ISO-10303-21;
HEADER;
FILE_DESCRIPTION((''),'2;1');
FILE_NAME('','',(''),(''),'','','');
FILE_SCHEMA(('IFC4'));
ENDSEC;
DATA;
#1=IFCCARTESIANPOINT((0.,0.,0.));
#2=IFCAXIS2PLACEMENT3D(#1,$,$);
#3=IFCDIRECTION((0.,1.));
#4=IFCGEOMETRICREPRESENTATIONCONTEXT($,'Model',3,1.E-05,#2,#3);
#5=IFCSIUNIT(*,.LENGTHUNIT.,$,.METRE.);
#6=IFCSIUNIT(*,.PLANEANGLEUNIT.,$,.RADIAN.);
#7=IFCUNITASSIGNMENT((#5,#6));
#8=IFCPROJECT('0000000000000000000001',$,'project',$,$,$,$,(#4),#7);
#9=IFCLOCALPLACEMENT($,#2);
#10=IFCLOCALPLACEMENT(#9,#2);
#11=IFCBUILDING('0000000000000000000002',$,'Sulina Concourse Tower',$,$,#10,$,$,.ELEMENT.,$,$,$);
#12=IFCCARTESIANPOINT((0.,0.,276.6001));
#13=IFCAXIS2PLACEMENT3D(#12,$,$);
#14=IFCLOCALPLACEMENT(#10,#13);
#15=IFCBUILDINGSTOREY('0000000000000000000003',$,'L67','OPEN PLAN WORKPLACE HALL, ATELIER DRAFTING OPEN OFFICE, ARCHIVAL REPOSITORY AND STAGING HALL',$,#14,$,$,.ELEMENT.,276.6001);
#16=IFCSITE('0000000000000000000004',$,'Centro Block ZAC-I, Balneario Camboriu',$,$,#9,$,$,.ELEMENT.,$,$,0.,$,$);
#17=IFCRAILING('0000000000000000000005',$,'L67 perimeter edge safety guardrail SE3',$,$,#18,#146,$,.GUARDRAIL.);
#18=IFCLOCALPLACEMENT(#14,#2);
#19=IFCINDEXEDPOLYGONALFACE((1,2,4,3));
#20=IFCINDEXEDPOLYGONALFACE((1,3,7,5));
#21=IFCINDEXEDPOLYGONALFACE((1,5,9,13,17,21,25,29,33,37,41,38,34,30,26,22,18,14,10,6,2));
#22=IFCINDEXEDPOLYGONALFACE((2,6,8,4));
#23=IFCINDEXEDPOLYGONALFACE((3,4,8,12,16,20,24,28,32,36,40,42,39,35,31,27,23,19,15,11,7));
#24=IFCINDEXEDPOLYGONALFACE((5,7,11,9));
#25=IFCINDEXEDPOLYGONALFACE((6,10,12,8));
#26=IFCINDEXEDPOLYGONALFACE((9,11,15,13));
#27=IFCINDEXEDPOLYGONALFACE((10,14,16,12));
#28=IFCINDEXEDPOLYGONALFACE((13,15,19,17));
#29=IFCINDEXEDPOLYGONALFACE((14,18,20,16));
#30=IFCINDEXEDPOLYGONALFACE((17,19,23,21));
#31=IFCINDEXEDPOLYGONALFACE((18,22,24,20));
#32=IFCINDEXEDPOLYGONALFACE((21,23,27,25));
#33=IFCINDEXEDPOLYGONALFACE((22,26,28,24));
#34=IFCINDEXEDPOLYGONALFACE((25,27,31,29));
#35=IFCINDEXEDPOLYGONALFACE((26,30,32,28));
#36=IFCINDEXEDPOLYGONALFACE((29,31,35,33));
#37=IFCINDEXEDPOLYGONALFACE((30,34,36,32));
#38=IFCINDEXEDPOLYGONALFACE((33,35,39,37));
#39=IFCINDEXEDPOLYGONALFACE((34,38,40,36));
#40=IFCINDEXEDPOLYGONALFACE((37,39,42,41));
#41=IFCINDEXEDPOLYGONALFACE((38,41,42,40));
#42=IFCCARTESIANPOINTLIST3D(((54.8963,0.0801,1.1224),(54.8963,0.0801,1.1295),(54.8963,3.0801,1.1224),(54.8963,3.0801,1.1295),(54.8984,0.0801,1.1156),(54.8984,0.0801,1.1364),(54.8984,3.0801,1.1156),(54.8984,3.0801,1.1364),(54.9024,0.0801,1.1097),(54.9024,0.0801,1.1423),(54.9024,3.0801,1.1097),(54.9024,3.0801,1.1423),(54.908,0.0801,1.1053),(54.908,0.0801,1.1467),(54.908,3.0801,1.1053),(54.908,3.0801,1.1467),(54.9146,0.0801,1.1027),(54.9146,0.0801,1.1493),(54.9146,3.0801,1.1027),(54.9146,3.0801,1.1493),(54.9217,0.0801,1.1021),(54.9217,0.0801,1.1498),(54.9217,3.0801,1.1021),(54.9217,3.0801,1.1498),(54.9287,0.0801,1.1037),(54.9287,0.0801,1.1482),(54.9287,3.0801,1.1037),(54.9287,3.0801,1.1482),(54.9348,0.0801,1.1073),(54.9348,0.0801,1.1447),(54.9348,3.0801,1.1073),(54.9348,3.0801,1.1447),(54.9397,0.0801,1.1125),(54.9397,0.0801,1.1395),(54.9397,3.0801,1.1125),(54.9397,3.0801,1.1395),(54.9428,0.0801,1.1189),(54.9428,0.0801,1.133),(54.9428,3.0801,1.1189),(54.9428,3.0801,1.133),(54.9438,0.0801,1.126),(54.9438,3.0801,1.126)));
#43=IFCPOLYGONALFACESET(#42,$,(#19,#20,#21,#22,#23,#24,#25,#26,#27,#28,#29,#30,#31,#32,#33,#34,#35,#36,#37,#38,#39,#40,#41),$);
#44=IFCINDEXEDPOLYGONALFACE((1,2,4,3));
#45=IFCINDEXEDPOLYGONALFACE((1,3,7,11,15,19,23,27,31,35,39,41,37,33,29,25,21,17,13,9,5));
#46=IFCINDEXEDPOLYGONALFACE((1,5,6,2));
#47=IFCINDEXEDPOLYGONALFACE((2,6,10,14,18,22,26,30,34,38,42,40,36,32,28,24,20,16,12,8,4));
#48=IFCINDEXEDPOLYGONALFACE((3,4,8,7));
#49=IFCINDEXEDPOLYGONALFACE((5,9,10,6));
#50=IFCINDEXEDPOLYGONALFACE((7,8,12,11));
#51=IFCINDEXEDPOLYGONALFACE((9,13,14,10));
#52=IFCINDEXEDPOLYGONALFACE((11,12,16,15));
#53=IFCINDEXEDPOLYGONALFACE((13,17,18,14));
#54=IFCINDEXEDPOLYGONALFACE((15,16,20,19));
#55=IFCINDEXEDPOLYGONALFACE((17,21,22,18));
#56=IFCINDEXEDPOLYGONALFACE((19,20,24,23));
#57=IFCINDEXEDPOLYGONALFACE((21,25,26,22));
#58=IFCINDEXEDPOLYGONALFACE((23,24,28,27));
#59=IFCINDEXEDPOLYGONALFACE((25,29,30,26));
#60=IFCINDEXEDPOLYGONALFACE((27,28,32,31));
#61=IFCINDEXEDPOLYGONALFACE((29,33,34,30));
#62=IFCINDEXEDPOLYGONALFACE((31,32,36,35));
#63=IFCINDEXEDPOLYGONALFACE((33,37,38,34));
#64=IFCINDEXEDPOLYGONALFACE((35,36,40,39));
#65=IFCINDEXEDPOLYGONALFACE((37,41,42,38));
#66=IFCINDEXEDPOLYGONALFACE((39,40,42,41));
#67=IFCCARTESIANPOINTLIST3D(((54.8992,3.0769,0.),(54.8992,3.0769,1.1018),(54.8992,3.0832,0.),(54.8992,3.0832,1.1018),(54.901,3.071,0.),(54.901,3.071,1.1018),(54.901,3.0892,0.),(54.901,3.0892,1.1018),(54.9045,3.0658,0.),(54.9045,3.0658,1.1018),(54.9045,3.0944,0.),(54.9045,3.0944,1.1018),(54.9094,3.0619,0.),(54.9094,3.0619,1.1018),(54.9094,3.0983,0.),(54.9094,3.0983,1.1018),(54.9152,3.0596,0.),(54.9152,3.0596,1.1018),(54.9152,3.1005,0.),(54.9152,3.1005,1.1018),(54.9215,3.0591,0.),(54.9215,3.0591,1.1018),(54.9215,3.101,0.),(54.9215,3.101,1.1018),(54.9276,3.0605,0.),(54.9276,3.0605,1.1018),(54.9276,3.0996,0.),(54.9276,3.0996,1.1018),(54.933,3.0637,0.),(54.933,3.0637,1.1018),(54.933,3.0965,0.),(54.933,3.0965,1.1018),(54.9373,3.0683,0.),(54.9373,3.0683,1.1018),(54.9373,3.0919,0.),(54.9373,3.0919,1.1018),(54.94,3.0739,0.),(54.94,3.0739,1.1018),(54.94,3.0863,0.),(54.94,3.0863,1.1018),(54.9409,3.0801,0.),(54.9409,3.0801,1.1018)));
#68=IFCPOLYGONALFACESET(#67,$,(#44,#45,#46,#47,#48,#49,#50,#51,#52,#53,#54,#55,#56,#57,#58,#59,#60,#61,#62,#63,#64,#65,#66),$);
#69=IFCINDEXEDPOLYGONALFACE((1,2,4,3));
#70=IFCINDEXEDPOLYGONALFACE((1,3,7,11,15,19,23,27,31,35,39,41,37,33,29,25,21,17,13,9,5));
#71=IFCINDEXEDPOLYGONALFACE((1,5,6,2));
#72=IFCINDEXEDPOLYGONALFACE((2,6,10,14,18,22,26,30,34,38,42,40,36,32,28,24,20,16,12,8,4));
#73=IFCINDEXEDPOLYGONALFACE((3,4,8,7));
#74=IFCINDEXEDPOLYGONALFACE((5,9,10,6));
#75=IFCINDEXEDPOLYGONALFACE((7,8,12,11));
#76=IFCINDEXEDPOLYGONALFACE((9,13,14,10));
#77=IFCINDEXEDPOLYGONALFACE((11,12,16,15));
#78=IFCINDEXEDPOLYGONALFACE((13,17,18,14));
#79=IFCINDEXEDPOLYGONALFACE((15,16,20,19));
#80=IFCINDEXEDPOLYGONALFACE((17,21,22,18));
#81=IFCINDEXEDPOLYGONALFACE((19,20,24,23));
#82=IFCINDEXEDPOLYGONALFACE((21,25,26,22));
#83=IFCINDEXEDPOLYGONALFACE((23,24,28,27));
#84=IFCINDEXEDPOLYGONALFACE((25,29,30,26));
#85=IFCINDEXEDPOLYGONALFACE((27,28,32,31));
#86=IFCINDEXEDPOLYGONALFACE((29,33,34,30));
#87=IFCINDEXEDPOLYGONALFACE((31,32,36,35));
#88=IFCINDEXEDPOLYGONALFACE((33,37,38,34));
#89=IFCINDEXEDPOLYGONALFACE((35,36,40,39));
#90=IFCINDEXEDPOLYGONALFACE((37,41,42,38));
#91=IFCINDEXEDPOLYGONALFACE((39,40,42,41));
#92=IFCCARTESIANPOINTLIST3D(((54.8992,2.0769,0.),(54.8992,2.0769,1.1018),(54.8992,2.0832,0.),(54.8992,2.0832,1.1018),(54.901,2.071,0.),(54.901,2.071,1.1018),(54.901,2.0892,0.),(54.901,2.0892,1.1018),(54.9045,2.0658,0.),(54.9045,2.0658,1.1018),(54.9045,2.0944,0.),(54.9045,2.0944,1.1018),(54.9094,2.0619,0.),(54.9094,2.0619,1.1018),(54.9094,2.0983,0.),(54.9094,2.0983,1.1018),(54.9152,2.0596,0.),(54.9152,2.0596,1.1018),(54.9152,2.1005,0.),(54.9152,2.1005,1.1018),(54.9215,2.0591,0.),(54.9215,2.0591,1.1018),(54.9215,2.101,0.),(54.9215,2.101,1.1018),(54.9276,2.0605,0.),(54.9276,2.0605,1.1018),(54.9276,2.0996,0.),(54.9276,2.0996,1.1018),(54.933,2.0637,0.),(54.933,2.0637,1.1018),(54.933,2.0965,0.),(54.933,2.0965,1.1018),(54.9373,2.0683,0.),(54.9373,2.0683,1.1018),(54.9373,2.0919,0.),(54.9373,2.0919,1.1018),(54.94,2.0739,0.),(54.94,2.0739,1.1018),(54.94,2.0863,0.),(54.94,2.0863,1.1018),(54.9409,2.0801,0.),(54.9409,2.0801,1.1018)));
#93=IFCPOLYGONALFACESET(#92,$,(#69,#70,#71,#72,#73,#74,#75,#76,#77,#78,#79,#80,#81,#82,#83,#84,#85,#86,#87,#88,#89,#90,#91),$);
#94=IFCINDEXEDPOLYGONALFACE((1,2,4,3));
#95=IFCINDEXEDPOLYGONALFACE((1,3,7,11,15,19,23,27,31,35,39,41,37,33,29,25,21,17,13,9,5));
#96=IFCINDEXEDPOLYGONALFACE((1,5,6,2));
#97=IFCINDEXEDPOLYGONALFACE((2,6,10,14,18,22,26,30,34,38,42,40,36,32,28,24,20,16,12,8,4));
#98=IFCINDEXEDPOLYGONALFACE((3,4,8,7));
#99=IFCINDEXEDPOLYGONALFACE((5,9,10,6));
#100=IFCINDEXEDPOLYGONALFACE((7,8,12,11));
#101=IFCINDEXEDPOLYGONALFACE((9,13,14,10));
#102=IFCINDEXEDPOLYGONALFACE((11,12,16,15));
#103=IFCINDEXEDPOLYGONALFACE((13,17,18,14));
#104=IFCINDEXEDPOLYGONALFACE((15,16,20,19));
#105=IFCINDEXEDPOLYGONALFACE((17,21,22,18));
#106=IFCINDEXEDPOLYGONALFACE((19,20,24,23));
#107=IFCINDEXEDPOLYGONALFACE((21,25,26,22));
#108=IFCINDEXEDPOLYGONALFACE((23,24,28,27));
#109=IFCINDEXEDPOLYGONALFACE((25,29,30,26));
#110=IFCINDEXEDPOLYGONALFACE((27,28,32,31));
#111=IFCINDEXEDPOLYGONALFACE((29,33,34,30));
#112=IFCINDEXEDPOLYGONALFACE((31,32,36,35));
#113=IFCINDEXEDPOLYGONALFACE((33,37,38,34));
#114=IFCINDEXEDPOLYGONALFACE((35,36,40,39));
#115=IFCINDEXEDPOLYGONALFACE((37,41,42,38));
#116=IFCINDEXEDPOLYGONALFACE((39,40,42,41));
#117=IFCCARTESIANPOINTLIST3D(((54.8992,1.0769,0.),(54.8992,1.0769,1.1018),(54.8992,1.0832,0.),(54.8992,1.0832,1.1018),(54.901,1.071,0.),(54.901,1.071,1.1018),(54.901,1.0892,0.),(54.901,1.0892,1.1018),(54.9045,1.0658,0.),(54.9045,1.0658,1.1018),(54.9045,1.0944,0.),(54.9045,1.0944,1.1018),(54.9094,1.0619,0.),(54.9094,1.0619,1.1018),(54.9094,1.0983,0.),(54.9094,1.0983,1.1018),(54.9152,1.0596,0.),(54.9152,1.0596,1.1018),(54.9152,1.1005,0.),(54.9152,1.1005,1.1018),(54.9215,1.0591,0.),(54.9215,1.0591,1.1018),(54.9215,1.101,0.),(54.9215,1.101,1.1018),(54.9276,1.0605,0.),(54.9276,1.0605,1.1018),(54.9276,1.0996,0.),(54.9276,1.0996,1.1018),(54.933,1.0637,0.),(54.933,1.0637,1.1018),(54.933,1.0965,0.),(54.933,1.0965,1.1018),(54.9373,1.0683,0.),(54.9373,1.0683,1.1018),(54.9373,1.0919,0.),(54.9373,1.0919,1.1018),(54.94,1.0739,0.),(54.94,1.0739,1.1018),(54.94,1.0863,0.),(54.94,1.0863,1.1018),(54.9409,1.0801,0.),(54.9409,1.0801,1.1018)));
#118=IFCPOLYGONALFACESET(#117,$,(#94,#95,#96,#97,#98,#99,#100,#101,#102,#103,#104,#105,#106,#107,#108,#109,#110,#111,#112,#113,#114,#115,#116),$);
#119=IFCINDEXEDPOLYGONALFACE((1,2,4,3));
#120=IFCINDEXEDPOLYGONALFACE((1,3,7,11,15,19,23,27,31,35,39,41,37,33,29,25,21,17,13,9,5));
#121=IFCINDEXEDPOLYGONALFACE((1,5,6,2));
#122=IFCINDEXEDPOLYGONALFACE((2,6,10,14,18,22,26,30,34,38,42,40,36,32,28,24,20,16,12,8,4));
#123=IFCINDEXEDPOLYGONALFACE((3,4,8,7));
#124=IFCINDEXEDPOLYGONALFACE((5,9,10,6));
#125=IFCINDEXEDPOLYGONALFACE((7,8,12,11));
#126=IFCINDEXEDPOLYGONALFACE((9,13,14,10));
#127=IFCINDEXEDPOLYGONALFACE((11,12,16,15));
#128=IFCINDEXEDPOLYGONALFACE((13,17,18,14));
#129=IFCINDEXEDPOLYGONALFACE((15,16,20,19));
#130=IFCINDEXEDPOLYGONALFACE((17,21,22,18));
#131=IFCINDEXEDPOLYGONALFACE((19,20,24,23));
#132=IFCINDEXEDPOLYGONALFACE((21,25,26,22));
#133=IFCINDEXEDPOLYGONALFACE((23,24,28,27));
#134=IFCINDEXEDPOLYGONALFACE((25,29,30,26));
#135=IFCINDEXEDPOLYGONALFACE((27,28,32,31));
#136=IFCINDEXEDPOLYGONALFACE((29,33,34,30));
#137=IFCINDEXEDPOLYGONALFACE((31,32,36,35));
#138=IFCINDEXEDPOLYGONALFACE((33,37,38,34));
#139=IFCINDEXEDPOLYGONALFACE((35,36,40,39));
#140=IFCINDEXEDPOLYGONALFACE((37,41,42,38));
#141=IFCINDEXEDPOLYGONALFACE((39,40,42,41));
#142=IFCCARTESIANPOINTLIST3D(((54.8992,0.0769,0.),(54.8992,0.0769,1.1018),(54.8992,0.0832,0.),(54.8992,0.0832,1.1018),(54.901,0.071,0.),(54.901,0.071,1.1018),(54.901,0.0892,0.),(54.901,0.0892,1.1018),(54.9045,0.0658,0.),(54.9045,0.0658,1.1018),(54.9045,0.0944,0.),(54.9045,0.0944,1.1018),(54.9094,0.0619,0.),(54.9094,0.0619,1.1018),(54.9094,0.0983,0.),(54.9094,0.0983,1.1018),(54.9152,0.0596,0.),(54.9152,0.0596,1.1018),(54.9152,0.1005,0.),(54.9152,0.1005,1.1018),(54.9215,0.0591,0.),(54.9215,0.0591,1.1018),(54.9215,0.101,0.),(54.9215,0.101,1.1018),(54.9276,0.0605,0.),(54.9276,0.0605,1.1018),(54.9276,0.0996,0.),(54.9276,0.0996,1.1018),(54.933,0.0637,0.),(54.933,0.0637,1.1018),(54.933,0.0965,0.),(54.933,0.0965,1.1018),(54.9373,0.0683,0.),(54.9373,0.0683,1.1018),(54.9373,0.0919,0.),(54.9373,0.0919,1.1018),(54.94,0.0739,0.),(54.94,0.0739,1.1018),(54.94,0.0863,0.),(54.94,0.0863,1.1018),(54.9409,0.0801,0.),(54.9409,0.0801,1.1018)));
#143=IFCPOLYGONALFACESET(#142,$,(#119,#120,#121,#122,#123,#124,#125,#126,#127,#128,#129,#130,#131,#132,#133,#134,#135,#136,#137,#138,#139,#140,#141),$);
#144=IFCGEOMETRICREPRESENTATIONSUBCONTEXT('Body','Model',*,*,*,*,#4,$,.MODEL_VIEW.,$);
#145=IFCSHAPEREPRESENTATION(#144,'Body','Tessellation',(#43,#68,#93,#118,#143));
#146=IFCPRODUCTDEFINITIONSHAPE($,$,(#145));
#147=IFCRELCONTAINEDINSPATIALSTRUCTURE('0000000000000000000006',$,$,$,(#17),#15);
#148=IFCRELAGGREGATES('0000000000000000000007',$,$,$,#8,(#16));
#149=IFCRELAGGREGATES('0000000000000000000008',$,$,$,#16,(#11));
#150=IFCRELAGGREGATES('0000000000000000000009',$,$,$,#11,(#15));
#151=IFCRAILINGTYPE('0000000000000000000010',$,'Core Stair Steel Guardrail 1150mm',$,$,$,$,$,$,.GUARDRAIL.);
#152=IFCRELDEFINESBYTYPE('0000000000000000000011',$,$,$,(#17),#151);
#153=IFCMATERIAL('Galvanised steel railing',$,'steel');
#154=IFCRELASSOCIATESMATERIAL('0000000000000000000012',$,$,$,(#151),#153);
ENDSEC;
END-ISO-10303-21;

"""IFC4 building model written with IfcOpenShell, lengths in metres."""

from ifc_helpers import new_model, si_unit, direction, frame, origin, origin_2d, place, context, subcontext, project, spatial, circle, extrude, material, type_object, element, save


model = new_model("IFC4")

# Units and contexts
model_context = context("Model", 3, precision=1e-05, world=origin(), true_north=direction((0.0, 1.0)))
body_context = subcontext(model_context, "Body", "Model", "MODEL_VIEW")
ifc_project = project(units=[si_unit("LENGTHUNIT", "METRE"), si_unit("PLANEANGLEUNIT", "RADIAN")], contexts=[model_context])

# Site, building, storey
site_placement = place(None, origin())
site = spatial("IfcSite", under=ifc_project, at=site_placement, Name="Centro Block ZAC-I, Balneario Camboriu", CompositionType="ELEMENT", RefElevation=0.0)
building_placement = place(site_placement, origin())
building = spatial("IfcBuilding", under=site, at=building_placement, Name="Sulina Concourse Tower", CompositionType="ELEMENT")
storey_placement = place(building_placement, frame((0.0, 0.0, 276.6001)))
storey = spatial("IfcBuildingStorey", under=building, at=storey_placement, Name="L67", Description="OPEN PLAN WORKPLACE HALL, ATELIER DRAFTING OPEN OFFICE, ARCHIVAL REPOSITORY AND STAGING HALL", CompositionType="ELEMENT", Elevation=276.6001)

# Railing
ifc_material_1 = material(Name="Galvanised steel railing", Category="steel")
railing_type = type_object("IfcRailingType", Name="Core Stair Steel Guardrail 1150mm", PredefinedType="GUARDRAIL", material=ifc_material_1)
railing_1_placement = place(storey_placement, frame((54.9199, 3.0801, 0.0)))
element("IfcRailing", 1, at=railing_1_placement, inside=storey, type_object=railing_type, Name="L67 perimeter edge safety guardrail SE3", PredefinedType="GUARDRAIL", context=body_context, shape_type="SweptSolid", body=[
    extrude(circle(Radius=0.0239, at=origin_2d()), frame((0.0, 0.0, 1.126), z_axis=(0.0, -1.0, 0.0), x_axis=(1.0, 0.0, 0.0)), (0.0, 0.0, 1.0), 3.0),
    extrude(circle(Radius=0.021, at=origin_2d()), origin(), (0.0, 0.0, 1.0), 1.1018),
    extrude(circle(Radius=0.021, at=origin_2d()), frame((0.0, -1.0, 0.0)), (0.0, 0.0, 1.0), 1.1018),
    extrude(circle(Radius=0.021, at=origin_2d()), frame((0.0, -2.0, 0.0)), (0.0, 0.0, 1.0), 1.1018),
    extrude(circle(Radius=0.021, at=origin_2d()), frame((0.0, -3.0, 0.0)), (0.0, 0.0, 1.0), 1.1018),
])

save(model, "model.ifc")
